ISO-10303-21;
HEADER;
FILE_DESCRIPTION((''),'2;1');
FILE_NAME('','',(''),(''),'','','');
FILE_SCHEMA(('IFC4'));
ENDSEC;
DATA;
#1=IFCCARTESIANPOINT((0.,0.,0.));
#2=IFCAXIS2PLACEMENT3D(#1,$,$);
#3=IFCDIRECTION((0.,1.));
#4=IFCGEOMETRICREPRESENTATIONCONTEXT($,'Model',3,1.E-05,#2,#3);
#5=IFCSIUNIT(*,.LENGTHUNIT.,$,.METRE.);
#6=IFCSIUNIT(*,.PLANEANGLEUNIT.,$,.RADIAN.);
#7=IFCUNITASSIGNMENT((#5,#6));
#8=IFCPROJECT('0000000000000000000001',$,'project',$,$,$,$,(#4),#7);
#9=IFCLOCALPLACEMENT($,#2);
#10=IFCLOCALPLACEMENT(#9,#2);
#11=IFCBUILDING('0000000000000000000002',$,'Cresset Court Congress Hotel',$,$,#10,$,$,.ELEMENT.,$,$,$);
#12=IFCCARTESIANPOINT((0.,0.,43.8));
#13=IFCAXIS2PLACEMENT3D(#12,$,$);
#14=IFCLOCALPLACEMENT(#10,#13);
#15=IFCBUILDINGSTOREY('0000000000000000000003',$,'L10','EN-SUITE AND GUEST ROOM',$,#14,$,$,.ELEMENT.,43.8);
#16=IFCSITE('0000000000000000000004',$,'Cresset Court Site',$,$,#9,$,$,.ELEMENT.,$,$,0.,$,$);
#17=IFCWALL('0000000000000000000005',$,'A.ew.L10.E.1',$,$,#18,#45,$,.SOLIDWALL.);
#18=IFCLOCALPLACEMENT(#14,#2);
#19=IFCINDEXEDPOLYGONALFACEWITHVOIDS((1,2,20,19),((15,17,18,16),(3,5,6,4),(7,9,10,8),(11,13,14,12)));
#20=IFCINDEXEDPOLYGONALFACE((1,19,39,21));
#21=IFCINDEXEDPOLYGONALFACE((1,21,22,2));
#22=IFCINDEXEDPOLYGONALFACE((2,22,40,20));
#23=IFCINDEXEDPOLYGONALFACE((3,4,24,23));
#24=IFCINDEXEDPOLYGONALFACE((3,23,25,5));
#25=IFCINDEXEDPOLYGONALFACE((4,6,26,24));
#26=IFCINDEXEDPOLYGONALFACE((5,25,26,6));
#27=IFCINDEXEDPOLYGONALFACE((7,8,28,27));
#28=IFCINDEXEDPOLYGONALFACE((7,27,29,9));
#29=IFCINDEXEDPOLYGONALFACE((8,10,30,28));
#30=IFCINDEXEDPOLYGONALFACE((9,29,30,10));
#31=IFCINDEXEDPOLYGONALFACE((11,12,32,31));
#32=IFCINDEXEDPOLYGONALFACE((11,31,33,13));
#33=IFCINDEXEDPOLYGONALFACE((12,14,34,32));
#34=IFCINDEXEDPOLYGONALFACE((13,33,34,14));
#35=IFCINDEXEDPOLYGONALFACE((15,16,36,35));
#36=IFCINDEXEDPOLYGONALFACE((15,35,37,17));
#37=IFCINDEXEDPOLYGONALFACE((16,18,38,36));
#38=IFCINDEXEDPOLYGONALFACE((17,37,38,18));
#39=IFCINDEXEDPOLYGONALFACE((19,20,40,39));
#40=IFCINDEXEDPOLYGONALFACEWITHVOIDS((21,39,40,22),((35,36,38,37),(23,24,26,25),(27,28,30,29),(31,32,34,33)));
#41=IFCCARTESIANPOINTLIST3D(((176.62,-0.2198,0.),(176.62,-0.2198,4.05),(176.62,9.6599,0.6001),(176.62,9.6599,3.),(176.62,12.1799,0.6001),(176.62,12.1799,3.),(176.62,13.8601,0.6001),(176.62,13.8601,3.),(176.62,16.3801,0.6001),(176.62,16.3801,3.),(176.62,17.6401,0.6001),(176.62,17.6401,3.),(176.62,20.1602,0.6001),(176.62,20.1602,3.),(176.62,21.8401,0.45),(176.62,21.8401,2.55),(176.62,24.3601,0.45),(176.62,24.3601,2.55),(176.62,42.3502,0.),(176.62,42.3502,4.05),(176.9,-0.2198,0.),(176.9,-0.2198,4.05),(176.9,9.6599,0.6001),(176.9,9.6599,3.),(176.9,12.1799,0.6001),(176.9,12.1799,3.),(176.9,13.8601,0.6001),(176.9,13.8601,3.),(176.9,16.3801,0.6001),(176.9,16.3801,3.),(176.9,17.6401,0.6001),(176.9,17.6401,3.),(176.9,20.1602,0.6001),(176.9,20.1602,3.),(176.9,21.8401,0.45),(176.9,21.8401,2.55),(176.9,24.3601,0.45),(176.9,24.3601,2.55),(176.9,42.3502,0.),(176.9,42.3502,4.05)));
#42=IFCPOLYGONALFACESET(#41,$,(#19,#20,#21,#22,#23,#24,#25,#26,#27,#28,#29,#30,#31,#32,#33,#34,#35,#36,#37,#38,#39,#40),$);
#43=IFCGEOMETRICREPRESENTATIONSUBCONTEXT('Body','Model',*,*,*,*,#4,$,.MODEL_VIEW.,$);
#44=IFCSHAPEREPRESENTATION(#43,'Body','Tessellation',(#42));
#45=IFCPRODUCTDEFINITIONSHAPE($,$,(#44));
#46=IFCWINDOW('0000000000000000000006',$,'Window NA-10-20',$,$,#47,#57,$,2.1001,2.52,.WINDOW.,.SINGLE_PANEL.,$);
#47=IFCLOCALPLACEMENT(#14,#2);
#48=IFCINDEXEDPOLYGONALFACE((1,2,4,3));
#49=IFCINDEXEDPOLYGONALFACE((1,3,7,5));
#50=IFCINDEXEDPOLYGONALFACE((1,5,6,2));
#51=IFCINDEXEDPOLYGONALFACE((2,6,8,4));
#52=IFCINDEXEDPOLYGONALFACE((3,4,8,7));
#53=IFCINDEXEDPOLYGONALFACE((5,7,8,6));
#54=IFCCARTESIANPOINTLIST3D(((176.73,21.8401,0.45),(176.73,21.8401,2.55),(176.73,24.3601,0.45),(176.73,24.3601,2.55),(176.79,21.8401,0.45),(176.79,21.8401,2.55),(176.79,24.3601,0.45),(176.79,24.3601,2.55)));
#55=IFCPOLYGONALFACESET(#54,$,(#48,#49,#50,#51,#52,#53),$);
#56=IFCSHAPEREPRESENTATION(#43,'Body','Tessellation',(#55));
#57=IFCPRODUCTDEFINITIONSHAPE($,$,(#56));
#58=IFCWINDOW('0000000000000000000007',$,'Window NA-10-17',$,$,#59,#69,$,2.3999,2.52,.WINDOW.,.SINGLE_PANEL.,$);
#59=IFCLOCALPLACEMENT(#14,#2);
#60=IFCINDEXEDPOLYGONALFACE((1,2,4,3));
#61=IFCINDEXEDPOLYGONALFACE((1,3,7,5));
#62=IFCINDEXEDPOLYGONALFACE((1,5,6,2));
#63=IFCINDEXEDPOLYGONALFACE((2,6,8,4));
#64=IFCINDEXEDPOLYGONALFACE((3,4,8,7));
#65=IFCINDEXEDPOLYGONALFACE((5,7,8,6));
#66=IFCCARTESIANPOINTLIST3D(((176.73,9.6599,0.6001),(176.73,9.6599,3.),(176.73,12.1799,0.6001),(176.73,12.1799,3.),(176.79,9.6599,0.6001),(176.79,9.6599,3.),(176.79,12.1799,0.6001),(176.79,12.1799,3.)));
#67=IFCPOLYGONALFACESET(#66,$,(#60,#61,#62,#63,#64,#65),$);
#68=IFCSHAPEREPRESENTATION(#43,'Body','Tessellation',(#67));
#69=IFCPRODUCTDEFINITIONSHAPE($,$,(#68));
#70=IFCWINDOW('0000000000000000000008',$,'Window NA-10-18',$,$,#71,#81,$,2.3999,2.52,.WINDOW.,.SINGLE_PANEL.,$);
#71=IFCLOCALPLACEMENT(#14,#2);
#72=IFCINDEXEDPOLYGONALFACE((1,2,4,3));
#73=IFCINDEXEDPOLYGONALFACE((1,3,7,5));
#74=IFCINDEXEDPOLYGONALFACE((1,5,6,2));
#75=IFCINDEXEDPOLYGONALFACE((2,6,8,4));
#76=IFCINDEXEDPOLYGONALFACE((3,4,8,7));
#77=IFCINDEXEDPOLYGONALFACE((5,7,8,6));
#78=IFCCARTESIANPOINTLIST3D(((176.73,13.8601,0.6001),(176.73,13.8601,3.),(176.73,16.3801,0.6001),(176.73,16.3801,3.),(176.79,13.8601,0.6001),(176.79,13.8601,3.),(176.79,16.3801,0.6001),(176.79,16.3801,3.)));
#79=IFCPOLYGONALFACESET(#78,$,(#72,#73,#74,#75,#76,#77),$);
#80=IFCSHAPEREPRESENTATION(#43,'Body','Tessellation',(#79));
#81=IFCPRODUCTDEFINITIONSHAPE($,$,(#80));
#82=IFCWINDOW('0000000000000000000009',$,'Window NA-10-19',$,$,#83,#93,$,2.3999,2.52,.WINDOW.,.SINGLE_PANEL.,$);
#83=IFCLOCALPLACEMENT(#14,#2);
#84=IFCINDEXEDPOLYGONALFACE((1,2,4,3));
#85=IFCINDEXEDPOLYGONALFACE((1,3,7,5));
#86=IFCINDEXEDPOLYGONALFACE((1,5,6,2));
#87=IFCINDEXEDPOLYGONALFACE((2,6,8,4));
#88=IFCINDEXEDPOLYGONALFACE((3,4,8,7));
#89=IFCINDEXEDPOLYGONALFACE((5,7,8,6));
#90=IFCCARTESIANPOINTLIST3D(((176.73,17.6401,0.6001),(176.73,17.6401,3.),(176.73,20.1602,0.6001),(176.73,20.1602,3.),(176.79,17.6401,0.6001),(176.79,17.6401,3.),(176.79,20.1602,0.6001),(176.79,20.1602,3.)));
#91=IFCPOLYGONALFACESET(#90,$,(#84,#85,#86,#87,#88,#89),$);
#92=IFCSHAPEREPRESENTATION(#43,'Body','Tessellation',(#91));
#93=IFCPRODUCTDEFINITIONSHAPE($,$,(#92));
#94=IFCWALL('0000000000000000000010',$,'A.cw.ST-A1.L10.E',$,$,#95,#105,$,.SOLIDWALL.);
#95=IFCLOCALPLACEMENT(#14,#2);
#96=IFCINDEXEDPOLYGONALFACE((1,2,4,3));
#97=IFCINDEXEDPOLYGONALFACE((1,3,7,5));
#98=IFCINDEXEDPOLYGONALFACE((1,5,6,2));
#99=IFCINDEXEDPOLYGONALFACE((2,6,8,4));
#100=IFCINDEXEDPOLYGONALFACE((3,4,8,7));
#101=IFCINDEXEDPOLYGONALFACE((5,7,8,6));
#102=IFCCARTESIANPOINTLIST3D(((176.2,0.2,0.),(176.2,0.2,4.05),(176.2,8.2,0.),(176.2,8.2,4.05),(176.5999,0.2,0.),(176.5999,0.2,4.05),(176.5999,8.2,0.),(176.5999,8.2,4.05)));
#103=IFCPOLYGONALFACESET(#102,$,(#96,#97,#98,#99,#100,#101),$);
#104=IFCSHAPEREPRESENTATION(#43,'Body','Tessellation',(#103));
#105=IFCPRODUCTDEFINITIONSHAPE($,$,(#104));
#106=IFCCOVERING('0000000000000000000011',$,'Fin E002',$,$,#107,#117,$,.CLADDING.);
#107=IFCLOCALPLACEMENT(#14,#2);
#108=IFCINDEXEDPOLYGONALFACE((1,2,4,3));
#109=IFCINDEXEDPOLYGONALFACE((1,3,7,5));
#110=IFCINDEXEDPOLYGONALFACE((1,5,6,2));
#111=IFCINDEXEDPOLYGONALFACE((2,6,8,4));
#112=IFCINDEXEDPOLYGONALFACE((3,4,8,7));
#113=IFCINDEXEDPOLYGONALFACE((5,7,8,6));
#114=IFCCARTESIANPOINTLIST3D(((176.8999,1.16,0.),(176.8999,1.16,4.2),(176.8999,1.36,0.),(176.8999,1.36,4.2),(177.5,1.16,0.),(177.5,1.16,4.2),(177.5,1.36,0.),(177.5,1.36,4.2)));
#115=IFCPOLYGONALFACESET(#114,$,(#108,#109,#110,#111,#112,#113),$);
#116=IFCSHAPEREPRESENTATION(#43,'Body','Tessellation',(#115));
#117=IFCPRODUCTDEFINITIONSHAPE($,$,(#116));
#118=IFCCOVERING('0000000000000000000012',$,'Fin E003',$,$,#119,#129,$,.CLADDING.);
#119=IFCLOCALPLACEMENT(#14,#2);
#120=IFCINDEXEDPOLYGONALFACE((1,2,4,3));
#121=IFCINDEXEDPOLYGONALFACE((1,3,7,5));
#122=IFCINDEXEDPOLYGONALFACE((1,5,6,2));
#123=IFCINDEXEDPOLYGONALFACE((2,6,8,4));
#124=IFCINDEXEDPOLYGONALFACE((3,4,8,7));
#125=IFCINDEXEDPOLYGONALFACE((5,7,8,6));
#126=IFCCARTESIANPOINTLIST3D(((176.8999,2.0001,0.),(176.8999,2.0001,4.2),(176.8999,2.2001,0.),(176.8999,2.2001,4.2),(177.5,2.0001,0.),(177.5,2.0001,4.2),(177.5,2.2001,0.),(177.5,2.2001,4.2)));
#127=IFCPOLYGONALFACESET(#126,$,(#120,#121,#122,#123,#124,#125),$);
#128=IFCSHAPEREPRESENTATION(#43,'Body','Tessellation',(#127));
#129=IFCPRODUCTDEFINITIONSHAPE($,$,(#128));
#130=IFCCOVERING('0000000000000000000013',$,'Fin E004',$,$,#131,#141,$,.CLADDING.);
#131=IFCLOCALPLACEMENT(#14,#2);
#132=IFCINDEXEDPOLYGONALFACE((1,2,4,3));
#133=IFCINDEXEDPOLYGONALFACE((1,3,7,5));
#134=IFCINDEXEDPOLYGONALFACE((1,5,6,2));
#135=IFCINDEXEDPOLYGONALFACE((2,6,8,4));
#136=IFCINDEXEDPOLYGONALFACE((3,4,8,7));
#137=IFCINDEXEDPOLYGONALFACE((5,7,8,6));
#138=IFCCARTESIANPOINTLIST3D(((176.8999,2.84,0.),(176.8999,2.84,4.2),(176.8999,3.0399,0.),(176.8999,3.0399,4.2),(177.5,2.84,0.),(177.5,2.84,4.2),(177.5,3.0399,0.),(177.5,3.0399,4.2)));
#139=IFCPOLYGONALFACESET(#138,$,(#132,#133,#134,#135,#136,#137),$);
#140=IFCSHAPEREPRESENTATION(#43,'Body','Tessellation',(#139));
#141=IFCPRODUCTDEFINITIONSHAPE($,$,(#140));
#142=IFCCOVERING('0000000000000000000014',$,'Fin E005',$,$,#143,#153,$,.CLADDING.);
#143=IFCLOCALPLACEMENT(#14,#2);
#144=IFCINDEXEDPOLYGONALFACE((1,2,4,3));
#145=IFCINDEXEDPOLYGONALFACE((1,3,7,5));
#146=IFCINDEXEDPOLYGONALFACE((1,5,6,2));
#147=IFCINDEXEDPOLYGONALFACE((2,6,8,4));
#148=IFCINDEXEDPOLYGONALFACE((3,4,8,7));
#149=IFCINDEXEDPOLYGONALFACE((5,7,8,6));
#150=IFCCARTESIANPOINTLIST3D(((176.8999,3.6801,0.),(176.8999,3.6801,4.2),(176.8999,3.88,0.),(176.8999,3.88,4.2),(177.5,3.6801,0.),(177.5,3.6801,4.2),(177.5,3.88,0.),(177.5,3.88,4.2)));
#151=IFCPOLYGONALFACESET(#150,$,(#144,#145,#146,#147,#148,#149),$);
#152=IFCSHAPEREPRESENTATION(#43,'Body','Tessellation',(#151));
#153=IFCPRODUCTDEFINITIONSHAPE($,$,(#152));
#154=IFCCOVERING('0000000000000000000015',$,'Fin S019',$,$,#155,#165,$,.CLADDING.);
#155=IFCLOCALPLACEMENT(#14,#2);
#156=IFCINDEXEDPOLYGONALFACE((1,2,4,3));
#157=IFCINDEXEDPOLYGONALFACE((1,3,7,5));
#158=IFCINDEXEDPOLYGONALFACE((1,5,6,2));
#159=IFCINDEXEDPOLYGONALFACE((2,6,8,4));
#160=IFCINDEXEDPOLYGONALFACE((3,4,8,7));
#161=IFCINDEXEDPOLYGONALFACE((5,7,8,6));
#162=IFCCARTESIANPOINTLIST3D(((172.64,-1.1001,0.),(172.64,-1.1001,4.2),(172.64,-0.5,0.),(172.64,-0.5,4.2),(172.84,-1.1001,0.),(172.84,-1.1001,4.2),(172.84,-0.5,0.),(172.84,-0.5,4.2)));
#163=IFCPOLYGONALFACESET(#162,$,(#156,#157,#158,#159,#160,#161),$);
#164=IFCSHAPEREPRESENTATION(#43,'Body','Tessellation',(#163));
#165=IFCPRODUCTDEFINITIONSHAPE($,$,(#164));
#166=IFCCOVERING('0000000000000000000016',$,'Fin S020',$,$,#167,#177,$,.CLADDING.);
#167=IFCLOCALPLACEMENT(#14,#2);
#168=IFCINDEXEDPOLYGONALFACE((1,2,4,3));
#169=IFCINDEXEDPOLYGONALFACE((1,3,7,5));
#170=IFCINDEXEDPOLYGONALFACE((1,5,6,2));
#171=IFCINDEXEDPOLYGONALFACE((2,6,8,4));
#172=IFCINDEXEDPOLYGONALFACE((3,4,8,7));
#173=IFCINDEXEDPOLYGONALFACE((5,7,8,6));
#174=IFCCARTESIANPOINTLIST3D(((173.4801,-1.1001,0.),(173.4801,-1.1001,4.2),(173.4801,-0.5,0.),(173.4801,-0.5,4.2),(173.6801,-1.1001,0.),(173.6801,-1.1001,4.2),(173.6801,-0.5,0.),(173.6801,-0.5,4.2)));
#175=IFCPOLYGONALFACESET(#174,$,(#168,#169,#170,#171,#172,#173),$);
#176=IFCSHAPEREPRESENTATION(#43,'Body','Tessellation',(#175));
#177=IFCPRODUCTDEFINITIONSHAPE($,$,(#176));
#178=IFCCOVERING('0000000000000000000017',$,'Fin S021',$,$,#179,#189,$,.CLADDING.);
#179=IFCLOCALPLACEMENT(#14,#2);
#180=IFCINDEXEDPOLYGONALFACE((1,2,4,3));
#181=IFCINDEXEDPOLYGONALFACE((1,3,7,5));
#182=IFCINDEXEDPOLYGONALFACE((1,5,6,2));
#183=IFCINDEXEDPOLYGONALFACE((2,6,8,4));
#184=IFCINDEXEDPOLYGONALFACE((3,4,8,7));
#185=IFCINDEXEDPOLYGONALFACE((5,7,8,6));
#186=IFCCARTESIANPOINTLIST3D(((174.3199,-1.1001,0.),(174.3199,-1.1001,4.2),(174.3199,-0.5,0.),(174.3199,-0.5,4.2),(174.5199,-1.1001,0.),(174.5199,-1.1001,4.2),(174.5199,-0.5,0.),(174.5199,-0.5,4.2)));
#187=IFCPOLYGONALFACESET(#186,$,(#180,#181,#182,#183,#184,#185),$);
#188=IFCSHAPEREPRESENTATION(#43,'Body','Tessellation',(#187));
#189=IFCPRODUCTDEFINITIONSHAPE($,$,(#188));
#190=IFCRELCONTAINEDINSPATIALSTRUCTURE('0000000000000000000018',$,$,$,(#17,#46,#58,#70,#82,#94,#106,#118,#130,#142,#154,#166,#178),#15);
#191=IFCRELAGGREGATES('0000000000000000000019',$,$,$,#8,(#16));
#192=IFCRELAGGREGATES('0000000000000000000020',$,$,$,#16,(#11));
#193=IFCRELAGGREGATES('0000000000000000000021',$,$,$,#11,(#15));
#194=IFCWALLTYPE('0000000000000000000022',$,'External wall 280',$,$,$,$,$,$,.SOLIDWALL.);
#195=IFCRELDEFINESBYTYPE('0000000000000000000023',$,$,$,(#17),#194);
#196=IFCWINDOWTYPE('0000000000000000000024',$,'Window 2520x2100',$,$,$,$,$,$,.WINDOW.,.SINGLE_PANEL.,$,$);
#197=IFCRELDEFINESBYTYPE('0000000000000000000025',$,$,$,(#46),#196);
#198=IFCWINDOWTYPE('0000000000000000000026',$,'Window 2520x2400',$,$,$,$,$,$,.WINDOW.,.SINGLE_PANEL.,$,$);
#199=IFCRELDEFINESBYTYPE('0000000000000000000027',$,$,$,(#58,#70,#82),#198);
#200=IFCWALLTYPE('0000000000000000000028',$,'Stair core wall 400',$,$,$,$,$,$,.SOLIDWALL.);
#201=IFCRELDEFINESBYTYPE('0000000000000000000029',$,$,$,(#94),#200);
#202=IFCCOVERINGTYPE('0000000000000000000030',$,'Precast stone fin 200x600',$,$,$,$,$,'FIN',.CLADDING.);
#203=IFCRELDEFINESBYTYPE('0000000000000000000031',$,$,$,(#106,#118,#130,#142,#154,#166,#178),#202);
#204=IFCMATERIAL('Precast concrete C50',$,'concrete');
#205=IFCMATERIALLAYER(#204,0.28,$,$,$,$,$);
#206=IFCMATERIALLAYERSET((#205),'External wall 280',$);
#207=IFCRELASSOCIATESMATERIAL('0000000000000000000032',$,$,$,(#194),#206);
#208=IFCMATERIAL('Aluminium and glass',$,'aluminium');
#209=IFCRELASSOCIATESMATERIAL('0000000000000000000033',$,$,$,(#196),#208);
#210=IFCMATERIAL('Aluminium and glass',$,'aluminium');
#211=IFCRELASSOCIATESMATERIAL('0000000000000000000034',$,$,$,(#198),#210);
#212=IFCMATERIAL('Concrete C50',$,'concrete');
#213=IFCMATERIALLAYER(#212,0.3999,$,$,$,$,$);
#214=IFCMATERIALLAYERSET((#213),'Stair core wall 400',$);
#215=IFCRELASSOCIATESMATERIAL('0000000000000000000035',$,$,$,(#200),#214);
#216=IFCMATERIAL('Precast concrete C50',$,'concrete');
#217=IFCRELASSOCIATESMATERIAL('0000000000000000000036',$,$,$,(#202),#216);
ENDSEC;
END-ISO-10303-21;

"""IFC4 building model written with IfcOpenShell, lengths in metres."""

from ifc_helpers import new_model, si_unit, direction, frame, frame_2d, origin, origin_2d, place, context, subcontext, project, spatial, rectangle, extrude, material, layer, layer_set, type_object, element, fill, save


model = new_model("IFC4")

# Units and contexts
model_context = context("Model", 3, precision=1e-05, world=origin(), true_north=direction((0.0, 1.0)))
body_context = subcontext(model_context, "Body", "Model", "MODEL_VIEW")
ifc_project = project(units=[si_unit("LENGTHUNIT", "METRE"), si_unit("PLANEANGLEUNIT", "RADIAN")], contexts=[model_context])

# Site, building, storey
site_placement = place(None, origin())
site = spatial("IfcSite", under=ifc_project, at=site_placement, Name="Cresset Court Site", CompositionType="ELEMENT", RefElevation=0.0)
building_placement = place(site_placement, origin())
building = spatial("IfcBuilding", under=site, at=building_placement, Name="Cresset Court Congress Hotel", CompositionType="ELEMENT")
storey_placement = place(building_placement, frame((0.0, 0.0, 43.8)))
storey = spatial("IfcBuildingStorey", under=building, at=storey_placement, Name="L10", Description="EN-SUITE AND GUEST ROOM", CompositionType="ELEMENT", Elevation=43.8)

# Wall, openings, windows
ifc_material_1 = material(Name="Precast concrete C50", Category="concrete")
ifc_layer_1 = layer(ifc_material_1, 0.28)
ifc_layer_set_1 = layer_set([ifc_layer_1], Name="External wall 280")
wall_type_1 = type_object("IfcWallType", Name="External wall 280", PredefinedType="SOLIDWALL", material=ifc_layer_set_1)
wall_1_placement = place(storey_placement, frame((176.76, -0.22, 0.0), z_axis=(0.0, 0.0, 1.0), x_axis=(0.0, 1.0, 0.0)))
wall_1 = element("IfcWall", 1, at=wall_1_placement, inside=storey, type_object=wall_type_1, Name="A.ew.L10.E.1", PredefinedType="SOLIDWALL", context=body_context, shape_type="SweptSolid", body=[
    extrude(rectangle(XDim=42.5701, YDim=0.28, at=frame_2d((21.2852, 0.0))), origin(), (0.0, 0.0, 1.0), 4.05),
])
opening_1_placement = place(wall_1_placement, frame((9.8799, 0.0, 0.6001)))
opening_1 = element("IfcOpeningElement", 2, at=opening_1_placement, cuts=wall_1, PredefinedType="OPENING", context=body_context, shape_type="SweptSolid", body=[
    extrude(rectangle(XDim=2.52, YDim=2.3999, at=frame_2d((1.26, 1.2))), frame((0.0, 0.1499, 0.0), z_axis=(0.0, -1.0, 0.0), x_axis=(1.0, 0.0, 0.0)), (0.0, 0.0, 1.0), 0.3),
])
opening_2_placement = place(wall_1_placement, frame((14.0801, 0.0, 0.6001)))
opening_2 = element("IfcOpeningElement", 3, at=opening_2_placement, cuts=wall_1, PredefinedType="OPENING", context=body_context, shape_type="SweptSolid", body=[
    extrude(rectangle(XDim=2.52, YDim=2.3999, at=frame_2d((1.26, 1.2))), frame((0.0, 0.1499, 0.0), z_axis=(0.0, -1.0, 0.0), x_axis=(1.0, 0.0, 0.0)), (0.0, 0.0, 1.0), 0.3),
])
opening_3_placement = place(wall_1_placement, frame((17.8601, 0.0, 0.6001)))
opening_3 = element("IfcOpeningElement", 4, at=opening_3_placement, cuts=wall_1, PredefinedType="OPENING", context=body_context, shape_type="SweptSolid", body=[
    extrude(rectangle(XDim=2.52, YDim=2.3999, at=frame_2d((1.26, 1.2))), frame((0.0, 0.1499, 0.0), z_axis=(0.0, -1.0, 0.0), x_axis=(1.0, 0.0, 0.0)), (0.0, 0.0, 1.0), 0.3),
])
opening_4_placement = place(wall_1_placement, frame((22.0601, 0.0, 0.45)))
opening_4 = element("IfcOpeningElement", 5, at=opening_4_placement, cuts=wall_1, PredefinedType="OPENING", context=body_context, shape_type="SweptSolid", body=[
    extrude(rectangle(XDim=2.52, YDim=2.1001, at=frame_2d((1.26, 1.05))), frame((0.0, 0.1499, 0.0), z_axis=(0.0, -1.0, 0.0), x_axis=(1.0, 0.0, 0.0)), (0.0, 0.0, 1.0), 0.3),
])
ifc_material_2 = material(Name="Aluminium and glass", Category="aluminium")
window_type_1 = type_object("IfcWindowType", Name="Window 2520x2100", PartitioningType="SINGLE_PANEL", PredefinedType="WINDOW", material=ifc_material_2)
window_1_placement = place(opening_4_placement, origin())
window_1 = element("IfcWindow", 6, at=window_1_placement, inside=storey, type_object=window_type_1, Name="Window NA-10-20", OverallHeight=2.1001, OverallWidth=2.52, PartitioningType="SINGLE_PANEL", PredefinedType="WINDOW", context=body_context, shape_type="SweptSolid", body=[
    extrude(rectangle(XDim=2.52, YDim=2.1001, at=frame_2d((1.26, 1.05))), frame((0.0, 0.03, 0.0), z_axis=(0.0, -1.0, 0.0), x_axis=(1.0, 0.0, 0.0)), (0.0, 0.0, 1.0), 0.0601),
])
fill(opening_4, window_1)
ifc_material_3 = material(Name="Aluminium and glass", Category="aluminium")
window_type_2 = type_object("IfcWindowType", Name="Window 2520x2400", PartitioningType="SINGLE_PANEL", PredefinedType="WINDOW", material=ifc_material_3)
window_2_placement = place(opening_1_placement, origin())
window_2 = element("IfcWindow", 7, at=window_2_placement, inside=storey, type_object=window_type_2, Name="Window NA-10-17", OverallHeight=2.3999, OverallWidth=2.52, PartitioningType="SINGLE_PANEL", PredefinedType="WINDOW", context=body_context, shape_type="SweptSolid", body=[
    extrude(rectangle(XDim=2.52, YDim=2.3999, at=frame_2d((1.26, 1.2))), frame((0.0, 0.03, 0.0), z_axis=(0.0, -1.0, 0.0), x_axis=(1.0, 0.0, 0.0)), (0.0, 0.0, 1.0), 0.0601),
])
fill(opening_1, window_2)
window_3_placement = place(opening_2_placement, origin())
window_3 = element("IfcWindow", 8, at=window_3_placement, inside=storey, type_object=window_type_2, Name="Window NA-10-18", OverallHeight=2.3999, OverallWidth=2.52, PartitioningType="SINGLE_PANEL", PredefinedType="WINDOW", context=body_context, shape_type="SweptSolid", body=[
    extrude(rectangle(XDim=2.52, YDim=2.3999, at=frame_2d((1.26, 1.2))), frame((0.0, 0.03, 0.0), z_axis=(0.0, -1.0, 0.0), x_axis=(1.0, 0.0, 0.0)), (0.0, 0.0, 1.0), 0.0601),
])
fill(opening_2, window_3)
window_4_placement = place(opening_3_placement, origin())
window_4 = element("IfcWindow", 9, at=window_4_placement, inside=storey, type_object=window_type_2, Name="Window NA-10-19", OverallHeight=2.3999, OverallWidth=2.52, PartitioningType="SINGLE_PANEL", PredefinedType="WINDOW", context=body_context, shape_type="SweptSolid", body=[
    extrude(rectangle(XDim=2.52, YDim=2.3999, at=frame_2d((1.26, 1.2))), frame((0.0, 0.03, 0.0), z_axis=(0.0, -1.0, 0.0), x_axis=(1.0, 0.0, 0.0)), (0.0, 0.0, 1.0), 0.0601),
])
fill(opening_3, window_4)

# Wall
ifc_material_4 = material(Name="Concrete C50", Category="concrete")
ifc_layer_2 = layer(ifc_material_4, 0.3999)
ifc_layer_set_2 = layer_set([ifc_layer_2], Name="Stair core wall 400")
wall_type_2 = type_object("IfcWallType", Name="Stair core wall 400", PredefinedType="SOLIDWALL", material=ifc_layer_set_2)
wall_2_placement = place(storey_placement, frame((176.3999, 0.2, 0.0), z_axis=(0.0, 0.0, 1.0), x_axis=(0.0, 1.0, 0.0)))
element("IfcWall", 10, at=wall_2_placement, inside=storey, type_object=wall_type_2, Name="A.cw.ST-A1.L10.E", PredefinedType="SOLIDWALL", context=body_context, shape_type="SweptSolid", body=[
    extrude(rectangle(XDim=8.0, YDim=0.3999, at=frame_2d((4.0, 0.0))), origin(), (0.0, 0.0, 1.0), 4.05),
])

# Coverings
ifc_material_5 = material(Name="Precast concrete C50", Category="concrete")
covering_type_1 = type_object("IfcCoveringType", Name="Precast stone fin 200x600", ElementType="FIN", PredefinedType="CLADDING", material=ifc_material_5)
for number, where, z_axis, x_axis, name in (
    (11, (177.2, 1.26, 0.0), (0.0, 0.0, 1.0), (1.0, 0.0, 0.0), "Fin E002"),
    (12, (177.2, 2.1001, 0.0), (0.0, 0.0, 1.0), (1.0, 0.0, 0.0), "Fin E003"),
    (13, (177.2, 2.9399, 0.0), (0.0, 0.0, 1.0), (1.0, 0.0, 0.0), "Fin E004"),
    (14, (177.2, 3.78, 0.0), (0.0, 0.0, 1.0), (1.0, 0.0, 0.0), "Fin E005"),
):
    element("IfcCovering", number, at=place(storey_placement, frame(where, z_axis=z_axis, x_axis=x_axis)), inside=storey, type_object=covering_type_1, Name=name, PredefinedType="CLADDING", context=body_context, shape_type="SweptSolid", body=[
        extrude(rectangle(XDim=0.6001, YDim=0.2, at=origin_2d()), origin(), (0.0, 0.0, 1.0), 4.2),
    ])
for number, where, z_axis, x_axis, name in (
    (15, (172.74, -0.8, 0.0), (0.0, 0.0, 1.0), (1.0, 0.0, 0.0), "Fin S019"),
    (16, (173.5801, -0.8, 0.0), (0.0, 0.0, 1.0), (1.0, 0.0, 0.0), "Fin S020"),
    (17, (174.4199, -0.8, 0.0), (0.0, 0.0, 1.0), (1.0, 0.0, 0.0), "Fin S021"),
):
    element("IfcCovering", number, at=place(storey_placement, frame(where, z_axis=z_axis, x_axis=x_axis)), inside=storey, type_object=covering_type_1, Name=name, PredefinedType="CLADDING", context=body_context, shape_type="SweptSolid", body=[
        extrude(rectangle(XDim=0.2, YDim=0.6001, at=origin_2d()), origin(), (0.0, 0.0, 1.0), 4.2),
    ])

save(model, "model.ifc")
